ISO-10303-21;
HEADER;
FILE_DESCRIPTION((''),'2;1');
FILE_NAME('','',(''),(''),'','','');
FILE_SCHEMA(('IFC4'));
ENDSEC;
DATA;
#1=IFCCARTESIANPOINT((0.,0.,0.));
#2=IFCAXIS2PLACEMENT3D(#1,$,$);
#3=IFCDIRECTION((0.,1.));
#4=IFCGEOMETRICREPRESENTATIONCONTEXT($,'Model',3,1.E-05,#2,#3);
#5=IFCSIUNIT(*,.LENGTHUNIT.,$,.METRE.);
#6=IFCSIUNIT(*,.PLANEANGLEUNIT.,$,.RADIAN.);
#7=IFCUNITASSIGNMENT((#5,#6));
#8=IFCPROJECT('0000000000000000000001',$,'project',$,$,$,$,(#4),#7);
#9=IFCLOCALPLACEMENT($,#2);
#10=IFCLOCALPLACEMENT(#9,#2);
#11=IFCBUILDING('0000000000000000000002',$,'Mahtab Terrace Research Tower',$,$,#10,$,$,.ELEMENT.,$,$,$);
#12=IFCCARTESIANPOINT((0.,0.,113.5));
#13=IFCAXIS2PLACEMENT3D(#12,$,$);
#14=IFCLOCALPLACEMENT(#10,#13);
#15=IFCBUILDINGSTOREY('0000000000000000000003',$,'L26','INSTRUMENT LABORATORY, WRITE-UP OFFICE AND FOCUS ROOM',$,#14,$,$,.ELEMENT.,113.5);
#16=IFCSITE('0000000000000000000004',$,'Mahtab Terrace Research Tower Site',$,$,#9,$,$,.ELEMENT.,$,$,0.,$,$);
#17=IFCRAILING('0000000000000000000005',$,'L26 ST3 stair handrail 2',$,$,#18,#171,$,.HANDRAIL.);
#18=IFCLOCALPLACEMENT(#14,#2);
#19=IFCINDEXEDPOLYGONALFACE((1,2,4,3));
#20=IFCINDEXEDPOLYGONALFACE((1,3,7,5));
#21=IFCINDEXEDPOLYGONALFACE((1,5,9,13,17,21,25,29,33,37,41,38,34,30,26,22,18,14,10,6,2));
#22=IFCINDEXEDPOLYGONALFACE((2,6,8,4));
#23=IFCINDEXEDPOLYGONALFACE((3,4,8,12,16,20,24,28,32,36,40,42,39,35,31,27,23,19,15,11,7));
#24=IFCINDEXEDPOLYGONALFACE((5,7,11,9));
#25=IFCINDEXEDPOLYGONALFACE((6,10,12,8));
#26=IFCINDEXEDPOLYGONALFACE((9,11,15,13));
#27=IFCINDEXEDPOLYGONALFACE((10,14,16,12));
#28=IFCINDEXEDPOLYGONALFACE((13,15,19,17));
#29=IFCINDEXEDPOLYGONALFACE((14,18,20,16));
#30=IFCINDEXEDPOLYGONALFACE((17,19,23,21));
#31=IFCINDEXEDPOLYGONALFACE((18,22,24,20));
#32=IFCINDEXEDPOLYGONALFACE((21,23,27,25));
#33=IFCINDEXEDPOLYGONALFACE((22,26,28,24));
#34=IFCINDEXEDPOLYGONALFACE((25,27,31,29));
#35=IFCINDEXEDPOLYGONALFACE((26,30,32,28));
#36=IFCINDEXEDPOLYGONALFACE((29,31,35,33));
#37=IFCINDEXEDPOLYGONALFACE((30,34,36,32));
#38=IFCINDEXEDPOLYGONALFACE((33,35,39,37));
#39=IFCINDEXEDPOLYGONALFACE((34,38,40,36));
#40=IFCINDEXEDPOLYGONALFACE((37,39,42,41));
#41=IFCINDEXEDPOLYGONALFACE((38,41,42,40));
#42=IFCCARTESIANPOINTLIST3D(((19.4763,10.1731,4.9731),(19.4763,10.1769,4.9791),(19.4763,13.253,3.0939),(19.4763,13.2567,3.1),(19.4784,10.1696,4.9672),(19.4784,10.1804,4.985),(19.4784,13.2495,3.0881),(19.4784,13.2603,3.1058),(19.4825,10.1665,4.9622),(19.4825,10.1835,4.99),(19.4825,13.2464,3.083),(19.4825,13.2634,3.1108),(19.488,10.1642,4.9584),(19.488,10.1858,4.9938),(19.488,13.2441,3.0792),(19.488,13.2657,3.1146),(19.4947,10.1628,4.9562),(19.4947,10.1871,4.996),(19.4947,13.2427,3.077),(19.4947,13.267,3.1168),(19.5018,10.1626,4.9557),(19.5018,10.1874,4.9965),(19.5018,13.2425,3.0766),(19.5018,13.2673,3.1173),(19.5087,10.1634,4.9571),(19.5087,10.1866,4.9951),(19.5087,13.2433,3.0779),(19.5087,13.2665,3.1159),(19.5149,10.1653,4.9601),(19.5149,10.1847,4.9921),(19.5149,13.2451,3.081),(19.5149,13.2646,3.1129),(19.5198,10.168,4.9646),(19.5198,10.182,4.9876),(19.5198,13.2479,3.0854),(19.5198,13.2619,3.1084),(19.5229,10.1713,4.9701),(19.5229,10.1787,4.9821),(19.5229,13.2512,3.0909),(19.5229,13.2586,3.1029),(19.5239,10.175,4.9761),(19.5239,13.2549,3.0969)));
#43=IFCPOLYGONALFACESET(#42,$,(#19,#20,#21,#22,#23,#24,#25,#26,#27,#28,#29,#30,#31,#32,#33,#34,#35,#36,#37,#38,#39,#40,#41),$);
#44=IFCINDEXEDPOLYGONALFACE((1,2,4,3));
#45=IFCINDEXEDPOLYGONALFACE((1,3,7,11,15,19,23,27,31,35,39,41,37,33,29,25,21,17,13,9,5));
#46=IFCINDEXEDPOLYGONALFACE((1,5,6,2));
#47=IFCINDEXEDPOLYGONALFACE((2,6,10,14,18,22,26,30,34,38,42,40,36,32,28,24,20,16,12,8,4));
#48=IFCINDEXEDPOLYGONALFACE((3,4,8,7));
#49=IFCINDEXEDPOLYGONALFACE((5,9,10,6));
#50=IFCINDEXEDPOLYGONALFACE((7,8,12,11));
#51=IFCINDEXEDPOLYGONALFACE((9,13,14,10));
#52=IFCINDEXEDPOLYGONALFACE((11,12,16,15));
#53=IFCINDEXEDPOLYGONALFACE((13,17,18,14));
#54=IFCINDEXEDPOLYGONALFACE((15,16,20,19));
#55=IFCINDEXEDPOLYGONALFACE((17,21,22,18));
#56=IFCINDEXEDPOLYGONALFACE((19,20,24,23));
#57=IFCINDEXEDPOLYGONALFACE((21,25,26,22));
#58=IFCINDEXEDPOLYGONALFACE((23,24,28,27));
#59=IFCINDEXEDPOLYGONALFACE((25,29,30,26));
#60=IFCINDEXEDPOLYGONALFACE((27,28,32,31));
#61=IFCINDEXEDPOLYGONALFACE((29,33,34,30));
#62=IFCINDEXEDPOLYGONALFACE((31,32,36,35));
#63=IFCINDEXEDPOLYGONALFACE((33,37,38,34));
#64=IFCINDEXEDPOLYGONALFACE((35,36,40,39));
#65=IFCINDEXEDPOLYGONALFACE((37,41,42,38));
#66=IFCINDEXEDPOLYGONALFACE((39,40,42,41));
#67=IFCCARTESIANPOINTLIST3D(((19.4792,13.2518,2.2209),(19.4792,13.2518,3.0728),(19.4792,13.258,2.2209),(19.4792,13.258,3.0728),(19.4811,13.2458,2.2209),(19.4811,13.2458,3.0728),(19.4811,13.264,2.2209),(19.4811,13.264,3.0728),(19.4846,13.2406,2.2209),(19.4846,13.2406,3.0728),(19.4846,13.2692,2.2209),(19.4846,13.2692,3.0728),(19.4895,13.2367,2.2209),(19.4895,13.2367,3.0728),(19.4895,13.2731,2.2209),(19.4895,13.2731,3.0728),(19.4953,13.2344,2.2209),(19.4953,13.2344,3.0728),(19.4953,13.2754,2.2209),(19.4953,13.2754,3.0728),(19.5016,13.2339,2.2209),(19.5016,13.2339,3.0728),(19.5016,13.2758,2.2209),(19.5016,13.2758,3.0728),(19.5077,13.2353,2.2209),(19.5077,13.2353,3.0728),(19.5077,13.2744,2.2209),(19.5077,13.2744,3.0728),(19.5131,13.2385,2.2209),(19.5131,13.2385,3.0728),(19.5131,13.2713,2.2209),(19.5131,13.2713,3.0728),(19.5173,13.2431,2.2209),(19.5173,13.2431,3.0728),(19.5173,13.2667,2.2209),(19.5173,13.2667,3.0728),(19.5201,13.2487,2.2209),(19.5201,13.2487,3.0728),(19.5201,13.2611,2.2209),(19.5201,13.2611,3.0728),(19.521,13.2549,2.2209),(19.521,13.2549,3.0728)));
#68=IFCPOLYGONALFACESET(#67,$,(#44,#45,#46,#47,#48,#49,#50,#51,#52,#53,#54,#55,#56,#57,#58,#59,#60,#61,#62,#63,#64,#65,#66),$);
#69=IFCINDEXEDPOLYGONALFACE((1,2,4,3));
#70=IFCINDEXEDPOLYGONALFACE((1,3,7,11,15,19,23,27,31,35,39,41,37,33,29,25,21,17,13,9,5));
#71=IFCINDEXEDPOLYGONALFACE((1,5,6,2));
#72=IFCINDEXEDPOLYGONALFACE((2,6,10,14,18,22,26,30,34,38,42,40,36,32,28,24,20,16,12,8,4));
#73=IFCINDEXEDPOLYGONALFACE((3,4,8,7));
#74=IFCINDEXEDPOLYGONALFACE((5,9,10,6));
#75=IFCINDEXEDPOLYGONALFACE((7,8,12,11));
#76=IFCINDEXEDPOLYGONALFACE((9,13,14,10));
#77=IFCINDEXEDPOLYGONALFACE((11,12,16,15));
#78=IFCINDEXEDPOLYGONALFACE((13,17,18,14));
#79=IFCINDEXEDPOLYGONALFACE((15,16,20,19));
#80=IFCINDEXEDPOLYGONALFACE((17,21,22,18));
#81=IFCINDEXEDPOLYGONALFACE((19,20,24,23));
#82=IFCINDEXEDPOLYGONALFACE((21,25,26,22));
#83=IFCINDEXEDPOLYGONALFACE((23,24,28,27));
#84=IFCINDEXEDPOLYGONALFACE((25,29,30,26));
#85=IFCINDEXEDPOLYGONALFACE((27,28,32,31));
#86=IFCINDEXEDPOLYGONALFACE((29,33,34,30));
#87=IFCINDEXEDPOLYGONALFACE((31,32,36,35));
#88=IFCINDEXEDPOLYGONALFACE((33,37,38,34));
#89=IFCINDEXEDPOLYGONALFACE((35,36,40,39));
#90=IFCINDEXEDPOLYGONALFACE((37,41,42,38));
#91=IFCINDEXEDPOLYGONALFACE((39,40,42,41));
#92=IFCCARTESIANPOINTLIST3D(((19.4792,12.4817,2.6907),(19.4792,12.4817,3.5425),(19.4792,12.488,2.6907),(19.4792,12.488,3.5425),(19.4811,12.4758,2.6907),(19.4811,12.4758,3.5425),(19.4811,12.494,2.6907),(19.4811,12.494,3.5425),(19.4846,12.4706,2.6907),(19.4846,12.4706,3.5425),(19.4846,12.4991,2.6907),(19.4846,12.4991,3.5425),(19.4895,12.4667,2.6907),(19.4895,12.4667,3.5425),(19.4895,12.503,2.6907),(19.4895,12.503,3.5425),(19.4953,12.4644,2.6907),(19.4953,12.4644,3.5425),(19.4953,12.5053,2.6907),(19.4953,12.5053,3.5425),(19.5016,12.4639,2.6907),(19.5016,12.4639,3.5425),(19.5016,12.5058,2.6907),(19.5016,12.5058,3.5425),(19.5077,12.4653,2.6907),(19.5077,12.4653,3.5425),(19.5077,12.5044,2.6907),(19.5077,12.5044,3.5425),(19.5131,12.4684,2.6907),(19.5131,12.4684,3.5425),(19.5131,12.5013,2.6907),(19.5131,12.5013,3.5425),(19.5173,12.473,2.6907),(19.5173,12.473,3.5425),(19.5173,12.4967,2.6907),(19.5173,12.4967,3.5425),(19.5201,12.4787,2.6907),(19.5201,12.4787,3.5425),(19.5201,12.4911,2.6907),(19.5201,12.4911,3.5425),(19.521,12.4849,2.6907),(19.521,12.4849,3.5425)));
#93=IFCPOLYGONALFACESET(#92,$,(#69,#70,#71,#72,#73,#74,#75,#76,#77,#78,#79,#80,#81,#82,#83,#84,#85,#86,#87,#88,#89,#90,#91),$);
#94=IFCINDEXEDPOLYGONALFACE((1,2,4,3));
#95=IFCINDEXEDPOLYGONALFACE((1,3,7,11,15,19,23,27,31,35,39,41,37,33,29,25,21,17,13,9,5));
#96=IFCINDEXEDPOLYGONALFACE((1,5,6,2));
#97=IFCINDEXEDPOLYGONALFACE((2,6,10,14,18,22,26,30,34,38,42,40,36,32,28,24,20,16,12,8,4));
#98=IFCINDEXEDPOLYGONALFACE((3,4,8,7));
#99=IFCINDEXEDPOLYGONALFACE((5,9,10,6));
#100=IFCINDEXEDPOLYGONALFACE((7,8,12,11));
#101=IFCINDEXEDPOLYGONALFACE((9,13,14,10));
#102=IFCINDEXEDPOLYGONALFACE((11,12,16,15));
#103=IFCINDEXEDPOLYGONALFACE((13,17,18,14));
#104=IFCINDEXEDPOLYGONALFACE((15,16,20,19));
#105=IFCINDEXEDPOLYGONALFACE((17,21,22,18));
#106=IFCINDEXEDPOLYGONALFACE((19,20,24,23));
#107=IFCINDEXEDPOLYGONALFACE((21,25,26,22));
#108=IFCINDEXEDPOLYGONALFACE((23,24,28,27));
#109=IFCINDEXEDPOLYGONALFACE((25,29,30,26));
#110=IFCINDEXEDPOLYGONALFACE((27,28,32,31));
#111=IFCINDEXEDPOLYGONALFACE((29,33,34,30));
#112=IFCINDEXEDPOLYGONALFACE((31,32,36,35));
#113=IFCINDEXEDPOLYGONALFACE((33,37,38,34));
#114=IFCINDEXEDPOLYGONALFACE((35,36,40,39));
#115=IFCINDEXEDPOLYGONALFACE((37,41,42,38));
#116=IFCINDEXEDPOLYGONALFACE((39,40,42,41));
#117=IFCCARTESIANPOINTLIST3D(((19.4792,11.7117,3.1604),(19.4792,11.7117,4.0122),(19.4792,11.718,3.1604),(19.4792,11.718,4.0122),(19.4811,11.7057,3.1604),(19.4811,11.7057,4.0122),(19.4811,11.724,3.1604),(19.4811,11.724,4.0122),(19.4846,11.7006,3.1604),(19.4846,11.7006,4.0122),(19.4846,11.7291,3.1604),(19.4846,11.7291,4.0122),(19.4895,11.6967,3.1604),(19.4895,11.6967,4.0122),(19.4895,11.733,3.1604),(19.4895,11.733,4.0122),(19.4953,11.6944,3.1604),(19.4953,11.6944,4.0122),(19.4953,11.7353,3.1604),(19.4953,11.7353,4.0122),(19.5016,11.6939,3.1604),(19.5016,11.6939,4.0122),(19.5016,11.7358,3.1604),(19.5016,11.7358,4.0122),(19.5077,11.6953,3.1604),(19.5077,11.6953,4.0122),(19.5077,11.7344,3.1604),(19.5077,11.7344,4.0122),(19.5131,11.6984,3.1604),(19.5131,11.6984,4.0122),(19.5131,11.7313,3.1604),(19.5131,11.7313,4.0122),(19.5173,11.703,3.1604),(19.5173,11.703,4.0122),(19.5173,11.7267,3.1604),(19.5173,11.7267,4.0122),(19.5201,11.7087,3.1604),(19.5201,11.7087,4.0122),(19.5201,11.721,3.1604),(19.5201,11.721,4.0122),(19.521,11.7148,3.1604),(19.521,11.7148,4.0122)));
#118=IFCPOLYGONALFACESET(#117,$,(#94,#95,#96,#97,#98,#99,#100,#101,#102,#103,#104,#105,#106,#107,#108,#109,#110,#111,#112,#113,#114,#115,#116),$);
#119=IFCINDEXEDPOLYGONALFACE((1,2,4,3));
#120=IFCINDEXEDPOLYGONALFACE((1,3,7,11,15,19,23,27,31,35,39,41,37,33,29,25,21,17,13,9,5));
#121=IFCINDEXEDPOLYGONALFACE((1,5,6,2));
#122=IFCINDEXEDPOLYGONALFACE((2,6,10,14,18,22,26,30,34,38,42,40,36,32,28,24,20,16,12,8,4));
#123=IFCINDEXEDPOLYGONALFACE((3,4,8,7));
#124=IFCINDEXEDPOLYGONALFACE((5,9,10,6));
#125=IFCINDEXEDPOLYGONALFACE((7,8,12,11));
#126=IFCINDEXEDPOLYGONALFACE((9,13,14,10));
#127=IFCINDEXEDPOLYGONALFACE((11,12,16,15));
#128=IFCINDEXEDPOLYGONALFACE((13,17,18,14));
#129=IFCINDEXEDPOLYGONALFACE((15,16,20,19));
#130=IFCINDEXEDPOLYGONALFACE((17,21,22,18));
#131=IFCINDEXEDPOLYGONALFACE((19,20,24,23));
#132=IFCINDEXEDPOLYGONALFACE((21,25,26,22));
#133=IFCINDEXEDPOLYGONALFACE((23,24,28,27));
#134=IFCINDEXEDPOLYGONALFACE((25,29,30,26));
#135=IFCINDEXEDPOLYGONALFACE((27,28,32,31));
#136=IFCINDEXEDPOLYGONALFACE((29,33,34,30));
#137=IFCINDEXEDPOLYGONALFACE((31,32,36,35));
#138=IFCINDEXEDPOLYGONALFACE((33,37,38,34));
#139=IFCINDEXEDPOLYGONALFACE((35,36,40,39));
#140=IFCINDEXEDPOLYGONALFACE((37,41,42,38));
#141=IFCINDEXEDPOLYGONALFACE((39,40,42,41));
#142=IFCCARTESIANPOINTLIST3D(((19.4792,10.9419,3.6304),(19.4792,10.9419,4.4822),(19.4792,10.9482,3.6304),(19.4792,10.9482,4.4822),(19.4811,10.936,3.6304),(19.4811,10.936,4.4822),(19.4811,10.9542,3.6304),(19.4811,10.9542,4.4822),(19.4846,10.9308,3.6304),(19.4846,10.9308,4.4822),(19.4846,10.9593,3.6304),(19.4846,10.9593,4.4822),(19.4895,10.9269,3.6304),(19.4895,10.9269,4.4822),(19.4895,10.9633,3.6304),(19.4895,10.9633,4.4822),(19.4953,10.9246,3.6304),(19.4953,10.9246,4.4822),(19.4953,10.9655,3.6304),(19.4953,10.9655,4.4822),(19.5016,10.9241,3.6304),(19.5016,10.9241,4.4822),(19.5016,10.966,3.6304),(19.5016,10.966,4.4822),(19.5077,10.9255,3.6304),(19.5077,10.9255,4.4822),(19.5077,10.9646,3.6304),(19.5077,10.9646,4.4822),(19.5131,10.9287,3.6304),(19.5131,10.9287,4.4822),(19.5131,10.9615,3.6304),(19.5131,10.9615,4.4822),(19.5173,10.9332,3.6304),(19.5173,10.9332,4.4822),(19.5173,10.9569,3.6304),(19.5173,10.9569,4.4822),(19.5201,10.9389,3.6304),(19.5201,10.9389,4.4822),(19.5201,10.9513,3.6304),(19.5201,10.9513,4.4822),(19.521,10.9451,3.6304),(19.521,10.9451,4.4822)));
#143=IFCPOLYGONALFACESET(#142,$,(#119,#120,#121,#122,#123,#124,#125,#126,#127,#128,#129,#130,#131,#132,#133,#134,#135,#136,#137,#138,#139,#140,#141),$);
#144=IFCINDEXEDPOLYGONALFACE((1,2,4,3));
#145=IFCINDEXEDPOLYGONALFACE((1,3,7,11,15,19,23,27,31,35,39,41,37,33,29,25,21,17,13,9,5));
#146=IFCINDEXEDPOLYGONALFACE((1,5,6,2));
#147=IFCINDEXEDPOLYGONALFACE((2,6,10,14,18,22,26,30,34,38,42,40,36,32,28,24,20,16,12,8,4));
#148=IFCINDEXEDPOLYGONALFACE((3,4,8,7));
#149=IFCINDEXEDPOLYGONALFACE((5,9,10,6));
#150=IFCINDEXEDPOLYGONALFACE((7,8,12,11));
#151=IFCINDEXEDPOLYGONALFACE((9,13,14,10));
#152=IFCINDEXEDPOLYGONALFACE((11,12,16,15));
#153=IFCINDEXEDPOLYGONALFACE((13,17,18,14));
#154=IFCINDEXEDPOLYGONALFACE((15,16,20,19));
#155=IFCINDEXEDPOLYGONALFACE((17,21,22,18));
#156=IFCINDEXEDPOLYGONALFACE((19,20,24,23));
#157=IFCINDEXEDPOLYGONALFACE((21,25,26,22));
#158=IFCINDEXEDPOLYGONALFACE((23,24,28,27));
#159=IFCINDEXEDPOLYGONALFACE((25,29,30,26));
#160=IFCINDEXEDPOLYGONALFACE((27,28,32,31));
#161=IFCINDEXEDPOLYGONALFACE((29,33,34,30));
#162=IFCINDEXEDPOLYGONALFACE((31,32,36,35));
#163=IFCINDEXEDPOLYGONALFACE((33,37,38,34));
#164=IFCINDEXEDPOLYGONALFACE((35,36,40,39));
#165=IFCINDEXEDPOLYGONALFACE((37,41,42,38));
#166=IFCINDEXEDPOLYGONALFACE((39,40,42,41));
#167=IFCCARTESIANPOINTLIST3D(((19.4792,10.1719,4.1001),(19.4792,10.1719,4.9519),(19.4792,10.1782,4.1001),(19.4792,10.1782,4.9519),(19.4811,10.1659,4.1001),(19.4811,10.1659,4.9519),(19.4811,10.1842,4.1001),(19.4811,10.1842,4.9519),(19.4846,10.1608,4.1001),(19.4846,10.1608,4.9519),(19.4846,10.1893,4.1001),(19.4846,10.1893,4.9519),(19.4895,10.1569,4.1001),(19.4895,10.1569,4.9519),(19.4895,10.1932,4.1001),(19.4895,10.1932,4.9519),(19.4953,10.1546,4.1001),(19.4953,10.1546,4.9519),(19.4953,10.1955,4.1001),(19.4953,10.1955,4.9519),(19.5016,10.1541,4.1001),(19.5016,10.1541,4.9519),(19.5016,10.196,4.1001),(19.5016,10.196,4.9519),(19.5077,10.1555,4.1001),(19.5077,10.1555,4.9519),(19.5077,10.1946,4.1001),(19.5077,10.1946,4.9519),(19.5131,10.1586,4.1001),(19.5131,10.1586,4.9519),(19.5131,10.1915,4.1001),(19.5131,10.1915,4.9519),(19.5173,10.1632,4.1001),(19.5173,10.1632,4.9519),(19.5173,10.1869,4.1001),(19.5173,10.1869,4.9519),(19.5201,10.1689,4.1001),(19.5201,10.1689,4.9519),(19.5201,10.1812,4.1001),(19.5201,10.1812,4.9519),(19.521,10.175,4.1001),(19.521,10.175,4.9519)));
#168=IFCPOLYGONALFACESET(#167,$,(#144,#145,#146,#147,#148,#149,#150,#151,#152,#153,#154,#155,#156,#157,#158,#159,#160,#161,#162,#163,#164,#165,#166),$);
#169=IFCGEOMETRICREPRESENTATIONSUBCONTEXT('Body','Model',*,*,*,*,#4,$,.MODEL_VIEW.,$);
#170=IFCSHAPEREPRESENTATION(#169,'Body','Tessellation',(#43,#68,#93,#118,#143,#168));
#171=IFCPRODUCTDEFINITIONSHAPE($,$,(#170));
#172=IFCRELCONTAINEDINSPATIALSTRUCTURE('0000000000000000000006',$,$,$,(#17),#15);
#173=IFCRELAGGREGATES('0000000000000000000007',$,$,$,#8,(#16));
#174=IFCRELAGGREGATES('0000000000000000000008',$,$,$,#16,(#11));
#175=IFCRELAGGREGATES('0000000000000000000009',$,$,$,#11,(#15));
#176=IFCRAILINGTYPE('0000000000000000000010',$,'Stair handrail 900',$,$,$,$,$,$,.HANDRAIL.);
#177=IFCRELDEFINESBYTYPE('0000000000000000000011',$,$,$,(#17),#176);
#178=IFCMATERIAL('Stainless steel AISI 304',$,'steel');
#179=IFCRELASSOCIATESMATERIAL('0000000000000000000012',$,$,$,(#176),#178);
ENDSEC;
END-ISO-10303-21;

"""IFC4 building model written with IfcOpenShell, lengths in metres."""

from ifc_helpers import new_model, si_unit, direction, frame, origin, origin_2d, place, context, subcontext, project, spatial, circle, extrude, material, type_object, element, save


model = new_model("IFC4")

# Units and contexts
model_context = context("Model", 3, precision=1e-05, world=origin(), true_north=direction((0.0, 1.0)))
body_context = subcontext(model_context, "Body", "Model", "MODEL_VIEW")
ifc_project = project(units=[si_unit("LENGTHUNIT", "METRE"), si_unit("PLANEANGLEUNIT", "RADIAN")], contexts=[model_context])

# Site, building, storey
site_placement = place(None, origin())
site = spatial("IfcSite", under=ifc_project, at=site_placement, Name="Mahtab Terrace Research Tower Site", CompositionType="ELEMENT", RefElevation=0.0)
building_placement = place(site_placement, origin())
building = spatial("IfcBuilding", under=site, at=building_placement, Name="Mahtab Terrace Research Tower", CompositionType="ELEMENT")
storey_placement = place(building_placement, frame((0.0, 0.0, 113.5)))
storey = spatial("IfcBuildingStorey", under=building, at=storey_placement, Name="L26", Description="INSTRUMENT LABORATORY, WRITE-UP OFFICE AND FOCUS ROOM", CompositionType="ELEMENT", Elevation=113.5)

# Shared definitions
ifc_material_1 = material(Name="Stainless steel AISI 304", Category="steel")

# Railing
railing_type_1 = type_object("IfcRailingType", Name="Stair handrail 900", PredefinedType="HANDRAIL", material=ifc_material_1)
railing_1_placement = place(storey_placement, frame((19.5, 13.2549, 2.2209)))
element("IfcRailing", 1, at=railing_1_placement, inside=storey, type_object=railing_type_1, Name="L26 ST3 stair handrail 2", PredefinedType="HANDRAIL", context=body_context, shape_type="SweptSolid", body=[
    extrude(circle(Radius=0.0239, at=origin_2d()), frame((0.0, 0.0, 0.876), z_axis=(0.0, -0.853648, 0.52085), x_axis=(1.0, 0.0, 0.0)), (0.0, 0.0, 1.0), 3.6079),
    extrude(circle(Radius=0.021, at=origin_2d()), origin(), (0.0, 0.0, 1.0), 0.8518),
    extrude(circle(Radius=0.021, at=origin_2d()), frame((0.0, -0.77, 0.4697)), (0.0, 0.0, 1.0), 0.8518),
    extrude(circle(Radius=0.021, at=origin_2d()), frame((0.0, -1.54, 0.9395)), (0.0, 0.0, 1.0), 0.8518),
    extrude(circle(Radius=0.021, at=origin_2d()), frame((0.0, -2.3098, 1.4094)), (0.0, 0.0, 1.0), 0.8518),
    extrude(circle(Radius=0.021, at=origin_2d()), frame((0.0, -3.0798, 1.8792)), (0.0, 0.0, 1.0), 0.8518),
])

save(model, "model.ifc")
